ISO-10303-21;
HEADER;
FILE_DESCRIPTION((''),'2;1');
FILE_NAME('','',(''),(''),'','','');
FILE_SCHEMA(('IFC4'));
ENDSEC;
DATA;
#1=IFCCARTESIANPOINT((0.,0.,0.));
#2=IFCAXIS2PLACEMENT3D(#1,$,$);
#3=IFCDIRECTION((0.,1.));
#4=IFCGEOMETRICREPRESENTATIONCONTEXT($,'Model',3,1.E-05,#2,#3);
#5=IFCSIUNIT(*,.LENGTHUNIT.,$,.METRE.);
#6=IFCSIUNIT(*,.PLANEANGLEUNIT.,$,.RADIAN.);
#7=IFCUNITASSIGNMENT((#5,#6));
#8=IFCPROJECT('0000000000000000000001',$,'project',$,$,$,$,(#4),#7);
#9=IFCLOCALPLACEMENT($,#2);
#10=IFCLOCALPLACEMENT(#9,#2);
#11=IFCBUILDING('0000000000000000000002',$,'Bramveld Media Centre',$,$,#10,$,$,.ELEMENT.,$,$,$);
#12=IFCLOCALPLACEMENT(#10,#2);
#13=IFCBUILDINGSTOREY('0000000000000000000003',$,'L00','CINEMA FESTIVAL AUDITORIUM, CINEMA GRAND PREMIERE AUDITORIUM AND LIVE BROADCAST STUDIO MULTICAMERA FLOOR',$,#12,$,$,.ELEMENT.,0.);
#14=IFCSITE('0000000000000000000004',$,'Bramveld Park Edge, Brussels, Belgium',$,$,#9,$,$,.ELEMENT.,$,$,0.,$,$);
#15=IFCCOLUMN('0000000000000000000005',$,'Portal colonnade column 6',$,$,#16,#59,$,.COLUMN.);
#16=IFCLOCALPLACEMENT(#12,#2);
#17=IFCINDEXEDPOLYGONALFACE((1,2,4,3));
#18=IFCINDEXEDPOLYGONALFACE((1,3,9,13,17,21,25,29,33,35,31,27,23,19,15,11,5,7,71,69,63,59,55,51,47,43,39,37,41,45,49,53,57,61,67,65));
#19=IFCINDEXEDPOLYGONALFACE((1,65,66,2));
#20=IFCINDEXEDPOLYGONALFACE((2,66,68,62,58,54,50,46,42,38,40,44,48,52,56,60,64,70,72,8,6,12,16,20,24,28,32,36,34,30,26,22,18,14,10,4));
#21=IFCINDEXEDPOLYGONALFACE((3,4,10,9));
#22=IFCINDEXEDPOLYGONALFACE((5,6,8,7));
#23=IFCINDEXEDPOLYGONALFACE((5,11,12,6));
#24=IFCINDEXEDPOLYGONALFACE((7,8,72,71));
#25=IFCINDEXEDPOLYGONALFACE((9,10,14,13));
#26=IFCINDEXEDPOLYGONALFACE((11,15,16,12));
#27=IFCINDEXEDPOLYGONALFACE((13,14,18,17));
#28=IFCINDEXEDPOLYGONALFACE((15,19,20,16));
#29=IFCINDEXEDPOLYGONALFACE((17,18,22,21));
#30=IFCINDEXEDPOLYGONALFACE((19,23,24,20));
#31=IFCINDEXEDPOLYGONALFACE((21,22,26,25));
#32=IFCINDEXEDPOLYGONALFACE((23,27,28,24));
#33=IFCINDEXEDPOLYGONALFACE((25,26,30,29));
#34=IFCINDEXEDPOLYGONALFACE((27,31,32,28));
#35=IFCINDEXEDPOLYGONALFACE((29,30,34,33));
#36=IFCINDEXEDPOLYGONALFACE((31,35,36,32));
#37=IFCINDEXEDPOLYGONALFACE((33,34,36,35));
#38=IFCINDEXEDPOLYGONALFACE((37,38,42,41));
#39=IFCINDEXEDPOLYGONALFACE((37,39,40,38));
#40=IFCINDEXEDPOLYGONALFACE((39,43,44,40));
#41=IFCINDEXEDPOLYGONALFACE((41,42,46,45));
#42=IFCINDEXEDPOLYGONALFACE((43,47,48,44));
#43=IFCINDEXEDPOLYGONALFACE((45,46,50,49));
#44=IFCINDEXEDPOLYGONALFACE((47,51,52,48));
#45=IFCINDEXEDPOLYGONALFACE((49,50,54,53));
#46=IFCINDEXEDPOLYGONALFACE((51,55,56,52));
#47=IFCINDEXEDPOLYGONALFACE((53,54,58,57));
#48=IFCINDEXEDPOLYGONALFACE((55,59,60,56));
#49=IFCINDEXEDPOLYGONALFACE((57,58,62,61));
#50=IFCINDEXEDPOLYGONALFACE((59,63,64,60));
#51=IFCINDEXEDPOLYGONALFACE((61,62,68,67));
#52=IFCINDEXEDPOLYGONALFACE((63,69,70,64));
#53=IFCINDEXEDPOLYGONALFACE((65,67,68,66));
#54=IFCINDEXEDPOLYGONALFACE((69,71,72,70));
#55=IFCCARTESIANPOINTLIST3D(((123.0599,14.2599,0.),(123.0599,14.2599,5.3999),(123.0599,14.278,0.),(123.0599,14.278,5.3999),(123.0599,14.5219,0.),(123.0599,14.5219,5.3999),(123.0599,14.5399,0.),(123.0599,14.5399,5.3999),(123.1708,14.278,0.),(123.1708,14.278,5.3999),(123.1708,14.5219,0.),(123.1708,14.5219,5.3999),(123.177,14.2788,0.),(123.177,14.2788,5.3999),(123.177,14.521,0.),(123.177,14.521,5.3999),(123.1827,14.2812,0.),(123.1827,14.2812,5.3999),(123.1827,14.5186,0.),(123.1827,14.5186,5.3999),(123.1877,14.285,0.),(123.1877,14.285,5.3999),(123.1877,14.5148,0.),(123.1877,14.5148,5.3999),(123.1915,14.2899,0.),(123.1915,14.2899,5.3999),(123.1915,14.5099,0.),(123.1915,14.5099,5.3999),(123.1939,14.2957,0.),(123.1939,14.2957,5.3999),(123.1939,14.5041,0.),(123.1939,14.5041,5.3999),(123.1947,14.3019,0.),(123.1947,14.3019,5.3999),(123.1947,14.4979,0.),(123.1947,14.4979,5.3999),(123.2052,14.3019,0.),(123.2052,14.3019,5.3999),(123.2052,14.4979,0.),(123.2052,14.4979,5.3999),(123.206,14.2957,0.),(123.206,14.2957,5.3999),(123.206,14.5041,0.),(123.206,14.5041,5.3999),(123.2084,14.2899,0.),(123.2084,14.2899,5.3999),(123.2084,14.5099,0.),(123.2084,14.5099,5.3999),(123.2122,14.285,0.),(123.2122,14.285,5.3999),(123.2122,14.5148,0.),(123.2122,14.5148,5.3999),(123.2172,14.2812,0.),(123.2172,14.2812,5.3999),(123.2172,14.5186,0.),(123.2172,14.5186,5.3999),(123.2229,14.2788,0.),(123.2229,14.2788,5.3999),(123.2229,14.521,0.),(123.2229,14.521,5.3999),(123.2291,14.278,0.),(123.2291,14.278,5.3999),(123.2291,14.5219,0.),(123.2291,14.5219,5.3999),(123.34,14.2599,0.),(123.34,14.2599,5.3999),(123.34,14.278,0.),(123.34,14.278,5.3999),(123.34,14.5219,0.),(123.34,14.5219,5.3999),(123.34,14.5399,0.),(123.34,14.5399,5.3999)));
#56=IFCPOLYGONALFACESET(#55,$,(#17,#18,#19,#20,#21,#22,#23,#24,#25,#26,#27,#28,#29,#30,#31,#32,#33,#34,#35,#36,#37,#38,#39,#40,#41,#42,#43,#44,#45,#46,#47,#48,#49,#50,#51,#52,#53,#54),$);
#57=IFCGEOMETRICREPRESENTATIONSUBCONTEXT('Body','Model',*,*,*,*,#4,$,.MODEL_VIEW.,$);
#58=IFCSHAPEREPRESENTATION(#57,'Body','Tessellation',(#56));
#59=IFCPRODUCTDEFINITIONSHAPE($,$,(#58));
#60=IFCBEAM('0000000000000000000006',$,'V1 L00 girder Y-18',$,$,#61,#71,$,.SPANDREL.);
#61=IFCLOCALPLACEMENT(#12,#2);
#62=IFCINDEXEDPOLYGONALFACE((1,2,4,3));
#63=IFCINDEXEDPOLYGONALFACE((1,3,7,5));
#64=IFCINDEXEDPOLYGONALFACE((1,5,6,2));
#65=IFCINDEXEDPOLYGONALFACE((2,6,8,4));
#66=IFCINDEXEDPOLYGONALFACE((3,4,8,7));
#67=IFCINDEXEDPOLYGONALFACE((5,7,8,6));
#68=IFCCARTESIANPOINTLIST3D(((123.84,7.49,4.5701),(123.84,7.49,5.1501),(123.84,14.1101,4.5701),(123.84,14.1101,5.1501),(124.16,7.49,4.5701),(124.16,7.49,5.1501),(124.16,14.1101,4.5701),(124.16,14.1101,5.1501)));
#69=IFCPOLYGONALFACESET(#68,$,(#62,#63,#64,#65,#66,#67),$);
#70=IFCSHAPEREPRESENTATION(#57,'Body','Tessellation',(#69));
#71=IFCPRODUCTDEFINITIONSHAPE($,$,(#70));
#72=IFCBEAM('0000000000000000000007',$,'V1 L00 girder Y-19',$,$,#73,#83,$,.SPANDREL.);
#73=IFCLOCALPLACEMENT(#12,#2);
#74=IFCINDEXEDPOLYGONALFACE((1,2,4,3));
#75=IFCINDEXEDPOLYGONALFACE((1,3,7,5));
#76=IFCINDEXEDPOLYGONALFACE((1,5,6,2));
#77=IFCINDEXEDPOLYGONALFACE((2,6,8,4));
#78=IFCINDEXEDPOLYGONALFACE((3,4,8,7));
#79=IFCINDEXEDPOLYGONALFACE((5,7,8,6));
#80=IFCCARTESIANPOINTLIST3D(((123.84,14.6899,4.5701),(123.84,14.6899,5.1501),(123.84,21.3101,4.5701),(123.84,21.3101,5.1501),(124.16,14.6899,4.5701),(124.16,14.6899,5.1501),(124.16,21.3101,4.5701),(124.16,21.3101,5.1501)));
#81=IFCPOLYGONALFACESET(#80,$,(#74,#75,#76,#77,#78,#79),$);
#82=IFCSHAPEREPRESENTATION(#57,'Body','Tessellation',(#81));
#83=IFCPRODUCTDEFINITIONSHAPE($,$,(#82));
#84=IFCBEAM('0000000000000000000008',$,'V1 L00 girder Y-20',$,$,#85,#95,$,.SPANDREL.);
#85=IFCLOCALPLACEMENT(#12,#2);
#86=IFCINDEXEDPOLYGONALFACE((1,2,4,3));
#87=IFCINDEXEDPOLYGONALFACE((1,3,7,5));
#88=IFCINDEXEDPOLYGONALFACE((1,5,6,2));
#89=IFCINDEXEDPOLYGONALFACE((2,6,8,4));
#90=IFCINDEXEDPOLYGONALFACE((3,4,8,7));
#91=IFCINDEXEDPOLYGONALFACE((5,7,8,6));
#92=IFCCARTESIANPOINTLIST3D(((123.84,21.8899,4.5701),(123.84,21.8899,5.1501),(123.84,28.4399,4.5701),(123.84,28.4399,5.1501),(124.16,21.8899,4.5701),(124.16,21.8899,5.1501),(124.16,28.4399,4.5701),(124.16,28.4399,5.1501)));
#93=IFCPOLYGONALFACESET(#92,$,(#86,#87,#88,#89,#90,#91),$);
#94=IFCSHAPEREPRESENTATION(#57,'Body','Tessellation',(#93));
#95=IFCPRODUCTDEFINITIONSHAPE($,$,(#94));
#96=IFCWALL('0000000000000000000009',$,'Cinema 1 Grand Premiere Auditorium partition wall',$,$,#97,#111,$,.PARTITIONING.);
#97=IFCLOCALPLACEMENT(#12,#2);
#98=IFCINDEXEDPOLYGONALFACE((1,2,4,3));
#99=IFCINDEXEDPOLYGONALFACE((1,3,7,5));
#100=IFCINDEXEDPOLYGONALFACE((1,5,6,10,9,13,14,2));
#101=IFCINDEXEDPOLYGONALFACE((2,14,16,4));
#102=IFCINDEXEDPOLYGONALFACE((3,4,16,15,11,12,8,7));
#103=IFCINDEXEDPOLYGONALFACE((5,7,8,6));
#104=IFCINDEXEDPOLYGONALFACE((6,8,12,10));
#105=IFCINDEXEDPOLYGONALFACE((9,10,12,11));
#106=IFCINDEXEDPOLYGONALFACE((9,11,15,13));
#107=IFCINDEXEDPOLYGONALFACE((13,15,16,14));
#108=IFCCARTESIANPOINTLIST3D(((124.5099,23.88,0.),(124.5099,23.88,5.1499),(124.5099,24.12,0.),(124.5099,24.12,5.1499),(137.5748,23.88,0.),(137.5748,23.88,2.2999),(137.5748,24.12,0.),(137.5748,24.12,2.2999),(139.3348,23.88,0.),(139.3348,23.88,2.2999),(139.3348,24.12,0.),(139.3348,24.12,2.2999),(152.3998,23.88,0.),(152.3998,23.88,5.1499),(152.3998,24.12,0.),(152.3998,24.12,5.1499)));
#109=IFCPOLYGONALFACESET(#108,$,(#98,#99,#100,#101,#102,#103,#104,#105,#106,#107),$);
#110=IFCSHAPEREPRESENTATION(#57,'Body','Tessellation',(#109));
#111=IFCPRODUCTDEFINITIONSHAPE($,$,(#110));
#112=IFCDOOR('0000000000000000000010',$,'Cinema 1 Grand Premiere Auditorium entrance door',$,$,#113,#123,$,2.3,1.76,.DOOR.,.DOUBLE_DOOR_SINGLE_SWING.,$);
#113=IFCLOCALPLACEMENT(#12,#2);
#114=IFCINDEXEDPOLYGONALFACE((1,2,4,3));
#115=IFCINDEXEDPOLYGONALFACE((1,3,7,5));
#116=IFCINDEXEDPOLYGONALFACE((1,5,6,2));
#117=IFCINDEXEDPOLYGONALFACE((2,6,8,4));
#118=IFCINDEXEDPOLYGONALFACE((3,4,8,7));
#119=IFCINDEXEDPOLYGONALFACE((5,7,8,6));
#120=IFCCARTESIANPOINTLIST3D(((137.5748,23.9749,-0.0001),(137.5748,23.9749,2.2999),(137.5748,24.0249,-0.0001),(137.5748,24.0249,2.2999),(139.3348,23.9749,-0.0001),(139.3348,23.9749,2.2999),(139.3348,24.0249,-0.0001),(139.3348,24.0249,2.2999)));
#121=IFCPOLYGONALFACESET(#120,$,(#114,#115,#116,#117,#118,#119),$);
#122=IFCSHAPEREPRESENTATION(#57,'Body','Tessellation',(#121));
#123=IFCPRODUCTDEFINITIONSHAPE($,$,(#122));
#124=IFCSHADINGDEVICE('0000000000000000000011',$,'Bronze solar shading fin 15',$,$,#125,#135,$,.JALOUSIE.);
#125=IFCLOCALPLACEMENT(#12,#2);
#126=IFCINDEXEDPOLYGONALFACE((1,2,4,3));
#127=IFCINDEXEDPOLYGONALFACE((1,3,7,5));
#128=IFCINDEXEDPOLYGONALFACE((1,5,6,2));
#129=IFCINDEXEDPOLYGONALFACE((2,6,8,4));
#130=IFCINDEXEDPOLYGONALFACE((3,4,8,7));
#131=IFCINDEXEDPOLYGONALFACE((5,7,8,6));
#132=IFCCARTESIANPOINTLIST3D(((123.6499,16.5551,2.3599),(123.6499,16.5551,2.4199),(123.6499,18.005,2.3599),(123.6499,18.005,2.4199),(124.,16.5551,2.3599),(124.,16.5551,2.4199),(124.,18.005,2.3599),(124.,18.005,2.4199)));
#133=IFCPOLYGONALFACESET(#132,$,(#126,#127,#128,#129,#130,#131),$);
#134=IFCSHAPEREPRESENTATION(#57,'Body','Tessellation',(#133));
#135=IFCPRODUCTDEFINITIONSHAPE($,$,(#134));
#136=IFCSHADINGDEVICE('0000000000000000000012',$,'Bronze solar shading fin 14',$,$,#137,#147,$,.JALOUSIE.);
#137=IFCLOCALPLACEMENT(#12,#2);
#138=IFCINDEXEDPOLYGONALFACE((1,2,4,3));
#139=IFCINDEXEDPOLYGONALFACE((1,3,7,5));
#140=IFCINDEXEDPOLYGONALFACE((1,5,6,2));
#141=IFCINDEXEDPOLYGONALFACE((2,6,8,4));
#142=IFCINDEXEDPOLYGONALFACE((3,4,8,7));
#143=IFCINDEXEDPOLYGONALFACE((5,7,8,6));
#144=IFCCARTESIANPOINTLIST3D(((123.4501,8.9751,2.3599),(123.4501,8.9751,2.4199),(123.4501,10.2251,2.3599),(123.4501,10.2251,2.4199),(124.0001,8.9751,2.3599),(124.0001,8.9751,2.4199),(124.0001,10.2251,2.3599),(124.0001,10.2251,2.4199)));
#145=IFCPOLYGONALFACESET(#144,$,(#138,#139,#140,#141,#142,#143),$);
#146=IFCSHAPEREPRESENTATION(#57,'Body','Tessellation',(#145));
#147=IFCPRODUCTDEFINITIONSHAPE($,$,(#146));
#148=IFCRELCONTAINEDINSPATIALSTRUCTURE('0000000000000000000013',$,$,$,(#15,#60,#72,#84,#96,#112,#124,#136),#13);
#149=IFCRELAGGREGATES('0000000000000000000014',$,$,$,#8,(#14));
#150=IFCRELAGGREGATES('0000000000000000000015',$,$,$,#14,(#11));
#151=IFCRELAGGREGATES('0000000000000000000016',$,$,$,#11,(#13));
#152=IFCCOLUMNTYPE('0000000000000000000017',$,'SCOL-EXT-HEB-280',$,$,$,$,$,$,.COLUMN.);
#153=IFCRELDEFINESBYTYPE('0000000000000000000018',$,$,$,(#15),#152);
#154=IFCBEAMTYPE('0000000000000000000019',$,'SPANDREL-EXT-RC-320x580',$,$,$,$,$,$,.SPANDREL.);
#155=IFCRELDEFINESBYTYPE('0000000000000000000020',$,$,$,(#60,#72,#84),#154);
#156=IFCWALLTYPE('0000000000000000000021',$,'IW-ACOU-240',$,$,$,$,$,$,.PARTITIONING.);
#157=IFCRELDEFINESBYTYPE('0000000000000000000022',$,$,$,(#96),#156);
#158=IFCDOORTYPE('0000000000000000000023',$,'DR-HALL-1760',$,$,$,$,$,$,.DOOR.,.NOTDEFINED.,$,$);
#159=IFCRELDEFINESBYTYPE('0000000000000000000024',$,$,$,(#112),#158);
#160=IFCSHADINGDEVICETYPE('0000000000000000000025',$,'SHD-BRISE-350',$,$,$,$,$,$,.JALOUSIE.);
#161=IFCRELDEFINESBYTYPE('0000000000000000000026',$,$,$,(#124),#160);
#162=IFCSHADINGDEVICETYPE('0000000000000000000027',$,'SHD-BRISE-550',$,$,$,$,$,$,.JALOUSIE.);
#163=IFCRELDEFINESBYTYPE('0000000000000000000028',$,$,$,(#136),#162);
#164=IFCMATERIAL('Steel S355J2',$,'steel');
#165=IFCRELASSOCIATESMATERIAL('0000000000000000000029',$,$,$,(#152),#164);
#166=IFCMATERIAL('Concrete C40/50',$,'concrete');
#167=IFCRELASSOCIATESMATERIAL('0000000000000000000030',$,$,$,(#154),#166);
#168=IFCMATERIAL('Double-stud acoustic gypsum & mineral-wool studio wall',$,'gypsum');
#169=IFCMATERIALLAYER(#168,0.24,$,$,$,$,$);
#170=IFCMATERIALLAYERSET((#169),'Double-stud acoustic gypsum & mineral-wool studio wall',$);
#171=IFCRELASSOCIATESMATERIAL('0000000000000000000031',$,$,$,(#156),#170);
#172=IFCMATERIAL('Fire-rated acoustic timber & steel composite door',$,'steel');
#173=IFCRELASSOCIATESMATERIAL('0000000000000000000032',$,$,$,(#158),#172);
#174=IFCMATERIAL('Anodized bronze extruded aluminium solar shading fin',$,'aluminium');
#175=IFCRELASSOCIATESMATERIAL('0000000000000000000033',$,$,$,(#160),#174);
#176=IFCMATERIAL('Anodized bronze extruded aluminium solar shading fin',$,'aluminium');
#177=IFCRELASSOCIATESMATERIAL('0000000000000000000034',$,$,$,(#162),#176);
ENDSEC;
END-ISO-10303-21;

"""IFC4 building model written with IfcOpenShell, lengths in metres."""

from ifc_helpers import new_model, si_unit, direction, frame, frame_2d, origin, origin_2d, place, context, subcontext, project, spatial, rectangle, i_section, extrude, material, layer, layer_set, material_profile, profile_set, type_object, element, fill, save


model = new_model("IFC4")

# Units and contexts
model_context = context("Model", 3, precision=1e-05, world=origin(), true_north=direction((0.0, 1.0)))
body_context = subcontext(model_context, "Body", "Model", "MODEL_VIEW")
ifc_project = project(units=[si_unit("LENGTHUNIT", "METRE"), si_unit("PLANEANGLEUNIT", "RADIAN")], contexts=[model_context])

# Site, building, storey
site_placement = place(None, origin())
site = spatial("IfcSite", under=ifc_project, at=site_placement, Name="Bramveld Park Edge, Brussels, Belgium", CompositionType="ELEMENT", RefElevation=0.0)
building_placement = place(site_placement, origin())
building = spatial("IfcBuilding", under=site, at=building_placement, Name="Bramveld Media Centre", CompositionType="ELEMENT")
storey_placement = place(building_placement, origin())
storey = spatial("IfcBuildingStorey", under=building, at=storey_placement, Name="L00", Description="CINEMA FESTIVAL AUDITORIUM, CINEMA GRAND PREMIERE AUDITORIUM AND LIVE BROADCAST STUDIO MULTICAMERA FLOOR", CompositionType="ELEMENT", Elevation=0.0)

# Column
ifc_material_1 = material(Name="Steel S355J2", Category="steel")
ifc_material_profile_1 = material_profile(ifc_material_1, i_section(OverallWidth=0.28, OverallDepth=0.28, WebThickness=0.0105, FlangeThickness=0.0181, FilletRadius=0.0239, at=origin_2d()), Name="HEB 280")
ifc_profile_set_1 = profile_set([ifc_material_profile_1], Name="Steel S355J2")
column_type_1 = type_object("IfcColumnType", Name="SCOL-EXT-HEB-280", PredefinedType="COLUMN", material=ifc_profile_set_1)
column_1_placement = place(storey_placement, frame((123.2, 14.3999, 0.0), z_axis=(0.0, 0.0, 1.0), x_axis=(1.0, 0.0, 0.0)))
element("IfcColumn", 1, at=column_1_placement, inside=storey, type_object=column_type_1, Name="Portal colonnade column 6", PredefinedType="COLUMN", context=body_context, shape_type="SweptSolid", body=[
    extrude(i_section(OverallWidth=0.28, OverallDepth=0.28, WebThickness=0.0105, FlangeThickness=0.0181, FilletRadius=0.0239, at=origin_2d()), origin(), (0.0, 0.0, 1.0), 5.3999),
])

# Beams
ifc_material_2 = material(Name="Concrete C40/50", Category="concrete")
ifc_material_profile_2 = material_profile(ifc_material_2, rectangle(XDim=0.3201, YDim=0.5801, at=origin_2d()), Name="RC 320x580")
ifc_profile_set_2 = profile_set([ifc_material_profile_2], Name="Concrete C40/50")
beam_type = type_object("IfcBeamType", Name="SPANDREL-EXT-RC-320x580", PredefinedType="SPANDREL", material=ifc_profile_set_2)
for number, where, z_axis, x_axis, name in (
    (2, (124.0, 7.49, 4.8601), (0.0, 1.0, 0.0), (-1.0, 0.0, 0.0), "V1 L00 girder Y-18"),
    (3, (124.0, 14.6899, 4.8601), (0.0, 1.0, 0.0), (-1.0, 0.0, 0.0), "V1 L00 girder Y-19"),
):
    element("IfcBeam", number, at=place(storey_placement, frame(where, z_axis=z_axis, x_axis=x_axis)), inside=storey, type_object=beam_type, Name=name, PredefinedType="SPANDREL", context=body_context, shape_type="SweptSolid", body=[
        extrude(rectangle(XDim=0.3201, YDim=0.5801, at=origin_2d()), origin(), (0.0, 0.0, 1.0), 6.6201),
    ])
beam_placement = place(storey_placement, frame((124.0, 21.8899, 4.8601), z_axis=(0.0, 1.0, 0.0), x_axis=(-1.0, 0.0, 0.0)))
element("IfcBeam", 4, at=beam_placement, inside=storey, type_object=beam_type, Name="V1 L00 girder Y-20", PredefinedType="SPANDREL", context=body_context, shape_type="SweptSolid", body=[
    extrude(rectangle(XDim=0.3201, YDim=0.5801, at=origin_2d()), origin(), (0.0, 0.0, 1.0), 6.55),
])

# Wall, opening, door
ifc_material_3 = material(Name="Double-stud acoustic gypsum & mineral-wool studio wall", Category="gypsum")
ifc_layer = layer(ifc_material_3, 0.24)
ifc_layer_set = layer_set([ifc_layer], Name="Double-stud acoustic gypsum & mineral-wool studio wall")
wall_type = type_object("IfcWallType", Name="IW-ACOU-240", PredefinedType="PARTITIONING", material=ifc_layer_set)
wall_placement = place(storey_placement, frame((124.51, 24.0, 0.0), z_axis=(0.0, 0.0, 1.0), x_axis=(1.0, 0.0, 0.0)))
wall = element("IfcWall", 5, at=wall_placement, inside=storey, type_object=wall_type, Name="Cinema 1 Grand Premiere Auditorium partition wall", PredefinedType="PARTITIONING", context=body_context, shape_type="SweptSolid", body=[
    extrude(rectangle(XDim=27.8899, YDim=0.24, at=frame_2d((13.9448, 0.0))), origin(), (0.0, 0.0, 1.0), 5.1499),
])
opening_placement = place(wall_placement, frame((13.0649, 0.0, 0.0)))
opening = element("IfcOpeningElement", 6, at=opening_placement, cuts=wall, PredefinedType="OPENING", context=body_context, shape_type="SweptSolid", body=[
    extrude(rectangle(XDim=1.76, YDim=2.3, at=frame_2d((0.8799, 1.1499))), frame((0.0, 0.1318, 0.0), z_axis=(0.0, -1.0, 0.0), x_axis=(1.0, 0.0, 0.0)), (0.0, 0.0, 1.0), 0.2639),
])
ifc_material_4 = material(Name="Fire-rated acoustic timber & steel composite door", Category="steel")
door_type = type_object("IfcDoorType", Name="DR-HALL-1760", OperationType="NOTDEFINED", PredefinedType="DOOR", material=ifc_material_4)
door_placement = place(opening_placement, origin())
door = element("IfcDoor", 7, at=door_placement, inside=storey, type_object=door_type, Name="Cinema 1 Grand Premiere Auditorium entrance door", OperationType="DOUBLE_DOOR_SINGLE_SWING", OverallHeight=2.3, OverallWidth=1.76, PredefinedType="DOOR", context=body_context, shape_type="SweptSolid", body=[
    extrude(rectangle(XDim=1.76, YDim=2.3, at=frame_2d((0.8799, 1.1499))), frame((0.0, 0.0249, 0.0), z_axis=(0.0, -1.0, 0.0), x_axis=(1.0, 0.0, 0.0)), (0.0, 0.0, 1.0), 0.05),
])
fill(opening, door)

# Shading devices
ifc_material_5 = material(Name="Anodized bronze extruded aluminium solar shading fin", Category="aluminium")
shading_device_type_1 = type_object("IfcShadingDeviceType", Name="SHD-BRISE-350", PredefinedType="JALOUSIE", material=ifc_material_5)
shading_device_1_placement = place(storey_placement, frame((123.825, 17.28, 2.3599), z_axis=(0.0, 0.0, 1.0), x_axis=(1.0, 0.0, 0.0)))
element("IfcShadingDevice", 8, at=shading_device_1_placement, inside=storey, type_object=shading_device_type_1, Name="Bronze solar shading fin 15", PredefinedType="JALOUSIE", context=body_context, shape_type="SweptSolid", body=[
    extrude(rectangle(XDim=0.3501, YDim=1.45, at=origin_2d()), origin(), (0.0, 0.0, 1.0), 0.0601),
])
ifc_material_6 = material(Name="Anodized bronze extruded aluminium solar shading fin", Category="aluminium")
shading_device_type_2 = type_object("IfcShadingDeviceType", Name="SHD-BRISE-550", PredefinedType="JALOUSIE", material=ifc_material_6)
shading_device_2_placement = place(storey_placement, frame((123.7251, 9.6001, 2.3599), z_axis=(0.0, 0.0, 1.0), x_axis=(1.0, 0.0, 0.0)))
element("IfcShadingDevice", 9, at=shading_device_2_placement, inside=storey, type_object=shading_device_type_2, Name="Bronze solar shading fin 14", PredefinedType="JALOUSIE", context=body_context, shape_type="SweptSolid", body=[
    extrude(rectangle(XDim=0.55, YDim=1.25, at=origin_2d()), origin(), (0.0, 0.0, 1.0), 0.0601),
])

save(model, "model.ifc")
